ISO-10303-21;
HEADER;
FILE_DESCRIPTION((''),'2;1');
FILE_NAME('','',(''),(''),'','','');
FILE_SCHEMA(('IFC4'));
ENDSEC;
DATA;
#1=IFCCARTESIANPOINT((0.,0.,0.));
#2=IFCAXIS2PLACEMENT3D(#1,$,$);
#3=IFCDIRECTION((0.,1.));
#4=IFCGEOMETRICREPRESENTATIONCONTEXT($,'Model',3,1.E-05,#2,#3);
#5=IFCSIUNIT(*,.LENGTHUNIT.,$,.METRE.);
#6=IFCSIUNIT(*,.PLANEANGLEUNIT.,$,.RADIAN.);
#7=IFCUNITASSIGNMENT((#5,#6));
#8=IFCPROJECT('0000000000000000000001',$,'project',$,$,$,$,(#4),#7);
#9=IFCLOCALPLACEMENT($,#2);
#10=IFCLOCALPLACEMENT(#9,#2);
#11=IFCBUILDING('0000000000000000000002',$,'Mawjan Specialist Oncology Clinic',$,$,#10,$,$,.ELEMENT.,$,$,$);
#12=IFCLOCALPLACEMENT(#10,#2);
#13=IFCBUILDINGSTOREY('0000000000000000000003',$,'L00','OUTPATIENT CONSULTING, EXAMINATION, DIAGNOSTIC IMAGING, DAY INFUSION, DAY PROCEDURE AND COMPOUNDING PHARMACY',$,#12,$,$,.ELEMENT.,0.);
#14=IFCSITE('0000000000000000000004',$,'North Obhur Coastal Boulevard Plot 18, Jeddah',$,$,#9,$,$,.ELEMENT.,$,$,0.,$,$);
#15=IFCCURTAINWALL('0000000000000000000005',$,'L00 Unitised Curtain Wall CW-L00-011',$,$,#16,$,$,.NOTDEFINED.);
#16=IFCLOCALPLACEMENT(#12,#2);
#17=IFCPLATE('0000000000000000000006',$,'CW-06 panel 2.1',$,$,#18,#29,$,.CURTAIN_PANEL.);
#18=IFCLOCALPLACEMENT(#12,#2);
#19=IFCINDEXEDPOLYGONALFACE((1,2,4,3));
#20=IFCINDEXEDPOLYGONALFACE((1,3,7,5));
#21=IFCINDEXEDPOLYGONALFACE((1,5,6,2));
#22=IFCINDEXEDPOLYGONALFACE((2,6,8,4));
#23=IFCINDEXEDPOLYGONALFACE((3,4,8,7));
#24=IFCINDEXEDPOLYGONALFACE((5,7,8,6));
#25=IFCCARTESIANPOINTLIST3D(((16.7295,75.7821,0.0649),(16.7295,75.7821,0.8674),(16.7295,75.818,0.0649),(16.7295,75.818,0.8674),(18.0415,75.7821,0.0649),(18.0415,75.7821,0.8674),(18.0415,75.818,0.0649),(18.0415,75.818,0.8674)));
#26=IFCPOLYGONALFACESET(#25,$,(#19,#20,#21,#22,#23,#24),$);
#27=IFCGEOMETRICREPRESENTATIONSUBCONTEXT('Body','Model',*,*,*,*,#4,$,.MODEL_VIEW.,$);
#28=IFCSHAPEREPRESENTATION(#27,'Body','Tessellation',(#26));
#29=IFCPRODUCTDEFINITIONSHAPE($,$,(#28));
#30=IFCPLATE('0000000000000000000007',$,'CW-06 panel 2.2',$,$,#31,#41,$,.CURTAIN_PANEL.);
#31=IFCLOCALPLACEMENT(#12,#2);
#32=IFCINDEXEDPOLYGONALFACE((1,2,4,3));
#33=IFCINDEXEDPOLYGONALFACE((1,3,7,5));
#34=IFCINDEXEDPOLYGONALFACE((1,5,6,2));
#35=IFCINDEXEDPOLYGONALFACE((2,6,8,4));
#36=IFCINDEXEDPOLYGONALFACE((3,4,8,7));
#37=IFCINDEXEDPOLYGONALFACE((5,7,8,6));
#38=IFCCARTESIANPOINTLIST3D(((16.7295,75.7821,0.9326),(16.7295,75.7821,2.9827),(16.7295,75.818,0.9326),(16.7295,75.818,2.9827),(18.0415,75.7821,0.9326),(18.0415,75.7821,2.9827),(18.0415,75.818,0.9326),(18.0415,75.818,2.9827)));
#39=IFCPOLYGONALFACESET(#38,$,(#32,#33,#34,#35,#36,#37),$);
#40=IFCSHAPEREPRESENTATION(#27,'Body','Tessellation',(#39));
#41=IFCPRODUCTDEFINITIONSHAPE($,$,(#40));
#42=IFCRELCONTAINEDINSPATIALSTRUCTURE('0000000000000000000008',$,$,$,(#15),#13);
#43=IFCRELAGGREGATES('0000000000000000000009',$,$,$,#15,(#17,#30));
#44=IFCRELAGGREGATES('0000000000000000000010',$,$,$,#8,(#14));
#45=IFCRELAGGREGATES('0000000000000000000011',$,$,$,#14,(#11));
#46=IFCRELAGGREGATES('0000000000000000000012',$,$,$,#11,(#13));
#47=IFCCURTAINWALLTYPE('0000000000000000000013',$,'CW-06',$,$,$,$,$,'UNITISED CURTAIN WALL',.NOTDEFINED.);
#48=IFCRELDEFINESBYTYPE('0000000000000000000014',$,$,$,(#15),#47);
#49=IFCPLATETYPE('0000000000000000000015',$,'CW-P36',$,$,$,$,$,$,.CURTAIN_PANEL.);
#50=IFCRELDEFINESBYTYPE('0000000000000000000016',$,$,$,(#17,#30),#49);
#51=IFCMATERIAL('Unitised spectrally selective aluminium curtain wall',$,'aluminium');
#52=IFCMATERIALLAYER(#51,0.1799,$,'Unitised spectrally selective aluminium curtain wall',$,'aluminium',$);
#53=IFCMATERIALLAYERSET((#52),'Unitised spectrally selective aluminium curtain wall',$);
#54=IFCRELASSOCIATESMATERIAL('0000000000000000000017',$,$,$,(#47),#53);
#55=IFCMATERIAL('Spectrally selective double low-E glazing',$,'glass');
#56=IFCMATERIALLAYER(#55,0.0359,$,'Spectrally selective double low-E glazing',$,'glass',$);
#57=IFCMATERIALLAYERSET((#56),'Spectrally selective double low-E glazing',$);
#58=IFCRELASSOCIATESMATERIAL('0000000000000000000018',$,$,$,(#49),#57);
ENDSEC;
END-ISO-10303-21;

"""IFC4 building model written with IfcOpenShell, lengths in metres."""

from ifc_helpers import new_model, si_unit, direction, frame, origin, origin_2d, place, context, subcontext, project, spatial, rectangle, extrude, material, layer, layer_set, type_object, element, aggregate, save


model = new_model("IFC4")

# Units and contexts
model_context = context("Model", 3, precision=1e-05, world=origin(), true_north=direction((0.0, 1.0)))
body_context = subcontext(model_context, "Body", "Model", "MODEL_VIEW")
ifc_project = project(units=[si_unit("LENGTHUNIT", "METRE"), si_unit("PLANEANGLEUNIT", "RADIAN")], contexts=[model_context])

# Site, building, storey
site_placement = place(None, origin())
site = spatial("IfcSite", under=ifc_project, at=site_placement, Name="North Obhur Coastal Boulevard Plot 18, Jeddah", CompositionType="ELEMENT", RefElevation=0.0)
building_placement = place(site_placement, origin())
building = spatial("IfcBuilding", under=site, at=building_placement, Name="Mawjan Specialist Oncology Clinic", CompositionType="ELEMENT")
storey_placement = place(building_placement, origin())
storey = spatial("IfcBuildingStorey", under=building, at=storey_placement, Name="L00", Description="OUTPATIENT CONSULTING, EXAMINATION, DIAGNOSTIC IMAGING, DAY INFUSION, DAY PROCEDURE AND COMPOUNDING PHARMACY", CompositionType="ELEMENT", Elevation=0.0)

# Curtain wall
ifc_material_1 = material(Name="Unitised spectrally selective aluminium curtain wall", Category="aluminium")
ifc_layer_1 = layer(ifc_material_1, 0.1799, Name="Unitised spectrally selective aluminium curtain wall", Category="aluminium")
ifc_layer_set_1 = layer_set([ifc_layer_1], Name="Unitised spectrally selective aluminium curtain wall")
curtain_wall_type_1 = type_object("IfcCurtainWallType", Name="CW-06", ElementType="UNITISED CURTAIN WALL", PredefinedType="NOTDEFINED", material=ifc_layer_set_1)
curtain_wall_1_placement = place(storey_placement, origin())
curtain_wall_1 = element("IfcCurtainWall", 1, at=curtain_wall_1_placement, inside=storey, type_object=curtain_wall_type_1, Name="L00 Unitised Curtain Wall CW-L00-011", PredefinedType="NOTDEFINED")

# Plates
ifc_material_2 = material(Name="Spectrally selective double low-E glazing", Category="glass")
ifc_layer_2 = layer(ifc_material_2, 0.0359, Name="Spectrally selective double low-E glazing", Category="glass")
ifc_layer_set_2 = layer_set([ifc_layer_2], Name="Spectrally selective double low-E glazing")
plate_type = type_object("IfcPlateType", Name="CW-P36", PredefinedType="CURTAIN_PANEL", material=ifc_layer_set_2)
plate_1_placement = place(storey_placement, frame((17.3855, 75.8, 0.0649), z_axis=(0.0, 0.0, 1.0), x_axis=(1.0, 0.0, 0.0)))
plate_1 = element("IfcPlate", 2, at=plate_1_placement, type_object=plate_type, Name="CW-06 panel 2.1", PredefinedType="CURTAIN_PANEL", context=body_context, shape_type="SweptSolid", body=[
    extrude(rectangle(XDim=1.312, YDim=0.0359, at=origin_2d()), origin(), (0.0, 0.0, 1.0), 0.8025),
])
plate_2_placement = place(storey_placement, frame((17.3855, 75.8, 0.9326), z_axis=(0.0, 0.0, 1.0), x_axis=(1.0, 0.0, 0.0)))
plate_2 = element("IfcPlate", 3, at=plate_2_placement, type_object=plate_type, Name="CW-06 panel 2.2", PredefinedType="CURTAIN_PANEL", context=body_context, shape_type="SweptSolid", body=[
    extrude(rectangle(XDim=1.312, YDim=0.0359, at=origin_2d()), origin(), (0.0, 0.0, 1.0), 2.05),
])
aggregate(curtain_wall_1, [plate_1, plate_2])

save(model, "model.ifc")
